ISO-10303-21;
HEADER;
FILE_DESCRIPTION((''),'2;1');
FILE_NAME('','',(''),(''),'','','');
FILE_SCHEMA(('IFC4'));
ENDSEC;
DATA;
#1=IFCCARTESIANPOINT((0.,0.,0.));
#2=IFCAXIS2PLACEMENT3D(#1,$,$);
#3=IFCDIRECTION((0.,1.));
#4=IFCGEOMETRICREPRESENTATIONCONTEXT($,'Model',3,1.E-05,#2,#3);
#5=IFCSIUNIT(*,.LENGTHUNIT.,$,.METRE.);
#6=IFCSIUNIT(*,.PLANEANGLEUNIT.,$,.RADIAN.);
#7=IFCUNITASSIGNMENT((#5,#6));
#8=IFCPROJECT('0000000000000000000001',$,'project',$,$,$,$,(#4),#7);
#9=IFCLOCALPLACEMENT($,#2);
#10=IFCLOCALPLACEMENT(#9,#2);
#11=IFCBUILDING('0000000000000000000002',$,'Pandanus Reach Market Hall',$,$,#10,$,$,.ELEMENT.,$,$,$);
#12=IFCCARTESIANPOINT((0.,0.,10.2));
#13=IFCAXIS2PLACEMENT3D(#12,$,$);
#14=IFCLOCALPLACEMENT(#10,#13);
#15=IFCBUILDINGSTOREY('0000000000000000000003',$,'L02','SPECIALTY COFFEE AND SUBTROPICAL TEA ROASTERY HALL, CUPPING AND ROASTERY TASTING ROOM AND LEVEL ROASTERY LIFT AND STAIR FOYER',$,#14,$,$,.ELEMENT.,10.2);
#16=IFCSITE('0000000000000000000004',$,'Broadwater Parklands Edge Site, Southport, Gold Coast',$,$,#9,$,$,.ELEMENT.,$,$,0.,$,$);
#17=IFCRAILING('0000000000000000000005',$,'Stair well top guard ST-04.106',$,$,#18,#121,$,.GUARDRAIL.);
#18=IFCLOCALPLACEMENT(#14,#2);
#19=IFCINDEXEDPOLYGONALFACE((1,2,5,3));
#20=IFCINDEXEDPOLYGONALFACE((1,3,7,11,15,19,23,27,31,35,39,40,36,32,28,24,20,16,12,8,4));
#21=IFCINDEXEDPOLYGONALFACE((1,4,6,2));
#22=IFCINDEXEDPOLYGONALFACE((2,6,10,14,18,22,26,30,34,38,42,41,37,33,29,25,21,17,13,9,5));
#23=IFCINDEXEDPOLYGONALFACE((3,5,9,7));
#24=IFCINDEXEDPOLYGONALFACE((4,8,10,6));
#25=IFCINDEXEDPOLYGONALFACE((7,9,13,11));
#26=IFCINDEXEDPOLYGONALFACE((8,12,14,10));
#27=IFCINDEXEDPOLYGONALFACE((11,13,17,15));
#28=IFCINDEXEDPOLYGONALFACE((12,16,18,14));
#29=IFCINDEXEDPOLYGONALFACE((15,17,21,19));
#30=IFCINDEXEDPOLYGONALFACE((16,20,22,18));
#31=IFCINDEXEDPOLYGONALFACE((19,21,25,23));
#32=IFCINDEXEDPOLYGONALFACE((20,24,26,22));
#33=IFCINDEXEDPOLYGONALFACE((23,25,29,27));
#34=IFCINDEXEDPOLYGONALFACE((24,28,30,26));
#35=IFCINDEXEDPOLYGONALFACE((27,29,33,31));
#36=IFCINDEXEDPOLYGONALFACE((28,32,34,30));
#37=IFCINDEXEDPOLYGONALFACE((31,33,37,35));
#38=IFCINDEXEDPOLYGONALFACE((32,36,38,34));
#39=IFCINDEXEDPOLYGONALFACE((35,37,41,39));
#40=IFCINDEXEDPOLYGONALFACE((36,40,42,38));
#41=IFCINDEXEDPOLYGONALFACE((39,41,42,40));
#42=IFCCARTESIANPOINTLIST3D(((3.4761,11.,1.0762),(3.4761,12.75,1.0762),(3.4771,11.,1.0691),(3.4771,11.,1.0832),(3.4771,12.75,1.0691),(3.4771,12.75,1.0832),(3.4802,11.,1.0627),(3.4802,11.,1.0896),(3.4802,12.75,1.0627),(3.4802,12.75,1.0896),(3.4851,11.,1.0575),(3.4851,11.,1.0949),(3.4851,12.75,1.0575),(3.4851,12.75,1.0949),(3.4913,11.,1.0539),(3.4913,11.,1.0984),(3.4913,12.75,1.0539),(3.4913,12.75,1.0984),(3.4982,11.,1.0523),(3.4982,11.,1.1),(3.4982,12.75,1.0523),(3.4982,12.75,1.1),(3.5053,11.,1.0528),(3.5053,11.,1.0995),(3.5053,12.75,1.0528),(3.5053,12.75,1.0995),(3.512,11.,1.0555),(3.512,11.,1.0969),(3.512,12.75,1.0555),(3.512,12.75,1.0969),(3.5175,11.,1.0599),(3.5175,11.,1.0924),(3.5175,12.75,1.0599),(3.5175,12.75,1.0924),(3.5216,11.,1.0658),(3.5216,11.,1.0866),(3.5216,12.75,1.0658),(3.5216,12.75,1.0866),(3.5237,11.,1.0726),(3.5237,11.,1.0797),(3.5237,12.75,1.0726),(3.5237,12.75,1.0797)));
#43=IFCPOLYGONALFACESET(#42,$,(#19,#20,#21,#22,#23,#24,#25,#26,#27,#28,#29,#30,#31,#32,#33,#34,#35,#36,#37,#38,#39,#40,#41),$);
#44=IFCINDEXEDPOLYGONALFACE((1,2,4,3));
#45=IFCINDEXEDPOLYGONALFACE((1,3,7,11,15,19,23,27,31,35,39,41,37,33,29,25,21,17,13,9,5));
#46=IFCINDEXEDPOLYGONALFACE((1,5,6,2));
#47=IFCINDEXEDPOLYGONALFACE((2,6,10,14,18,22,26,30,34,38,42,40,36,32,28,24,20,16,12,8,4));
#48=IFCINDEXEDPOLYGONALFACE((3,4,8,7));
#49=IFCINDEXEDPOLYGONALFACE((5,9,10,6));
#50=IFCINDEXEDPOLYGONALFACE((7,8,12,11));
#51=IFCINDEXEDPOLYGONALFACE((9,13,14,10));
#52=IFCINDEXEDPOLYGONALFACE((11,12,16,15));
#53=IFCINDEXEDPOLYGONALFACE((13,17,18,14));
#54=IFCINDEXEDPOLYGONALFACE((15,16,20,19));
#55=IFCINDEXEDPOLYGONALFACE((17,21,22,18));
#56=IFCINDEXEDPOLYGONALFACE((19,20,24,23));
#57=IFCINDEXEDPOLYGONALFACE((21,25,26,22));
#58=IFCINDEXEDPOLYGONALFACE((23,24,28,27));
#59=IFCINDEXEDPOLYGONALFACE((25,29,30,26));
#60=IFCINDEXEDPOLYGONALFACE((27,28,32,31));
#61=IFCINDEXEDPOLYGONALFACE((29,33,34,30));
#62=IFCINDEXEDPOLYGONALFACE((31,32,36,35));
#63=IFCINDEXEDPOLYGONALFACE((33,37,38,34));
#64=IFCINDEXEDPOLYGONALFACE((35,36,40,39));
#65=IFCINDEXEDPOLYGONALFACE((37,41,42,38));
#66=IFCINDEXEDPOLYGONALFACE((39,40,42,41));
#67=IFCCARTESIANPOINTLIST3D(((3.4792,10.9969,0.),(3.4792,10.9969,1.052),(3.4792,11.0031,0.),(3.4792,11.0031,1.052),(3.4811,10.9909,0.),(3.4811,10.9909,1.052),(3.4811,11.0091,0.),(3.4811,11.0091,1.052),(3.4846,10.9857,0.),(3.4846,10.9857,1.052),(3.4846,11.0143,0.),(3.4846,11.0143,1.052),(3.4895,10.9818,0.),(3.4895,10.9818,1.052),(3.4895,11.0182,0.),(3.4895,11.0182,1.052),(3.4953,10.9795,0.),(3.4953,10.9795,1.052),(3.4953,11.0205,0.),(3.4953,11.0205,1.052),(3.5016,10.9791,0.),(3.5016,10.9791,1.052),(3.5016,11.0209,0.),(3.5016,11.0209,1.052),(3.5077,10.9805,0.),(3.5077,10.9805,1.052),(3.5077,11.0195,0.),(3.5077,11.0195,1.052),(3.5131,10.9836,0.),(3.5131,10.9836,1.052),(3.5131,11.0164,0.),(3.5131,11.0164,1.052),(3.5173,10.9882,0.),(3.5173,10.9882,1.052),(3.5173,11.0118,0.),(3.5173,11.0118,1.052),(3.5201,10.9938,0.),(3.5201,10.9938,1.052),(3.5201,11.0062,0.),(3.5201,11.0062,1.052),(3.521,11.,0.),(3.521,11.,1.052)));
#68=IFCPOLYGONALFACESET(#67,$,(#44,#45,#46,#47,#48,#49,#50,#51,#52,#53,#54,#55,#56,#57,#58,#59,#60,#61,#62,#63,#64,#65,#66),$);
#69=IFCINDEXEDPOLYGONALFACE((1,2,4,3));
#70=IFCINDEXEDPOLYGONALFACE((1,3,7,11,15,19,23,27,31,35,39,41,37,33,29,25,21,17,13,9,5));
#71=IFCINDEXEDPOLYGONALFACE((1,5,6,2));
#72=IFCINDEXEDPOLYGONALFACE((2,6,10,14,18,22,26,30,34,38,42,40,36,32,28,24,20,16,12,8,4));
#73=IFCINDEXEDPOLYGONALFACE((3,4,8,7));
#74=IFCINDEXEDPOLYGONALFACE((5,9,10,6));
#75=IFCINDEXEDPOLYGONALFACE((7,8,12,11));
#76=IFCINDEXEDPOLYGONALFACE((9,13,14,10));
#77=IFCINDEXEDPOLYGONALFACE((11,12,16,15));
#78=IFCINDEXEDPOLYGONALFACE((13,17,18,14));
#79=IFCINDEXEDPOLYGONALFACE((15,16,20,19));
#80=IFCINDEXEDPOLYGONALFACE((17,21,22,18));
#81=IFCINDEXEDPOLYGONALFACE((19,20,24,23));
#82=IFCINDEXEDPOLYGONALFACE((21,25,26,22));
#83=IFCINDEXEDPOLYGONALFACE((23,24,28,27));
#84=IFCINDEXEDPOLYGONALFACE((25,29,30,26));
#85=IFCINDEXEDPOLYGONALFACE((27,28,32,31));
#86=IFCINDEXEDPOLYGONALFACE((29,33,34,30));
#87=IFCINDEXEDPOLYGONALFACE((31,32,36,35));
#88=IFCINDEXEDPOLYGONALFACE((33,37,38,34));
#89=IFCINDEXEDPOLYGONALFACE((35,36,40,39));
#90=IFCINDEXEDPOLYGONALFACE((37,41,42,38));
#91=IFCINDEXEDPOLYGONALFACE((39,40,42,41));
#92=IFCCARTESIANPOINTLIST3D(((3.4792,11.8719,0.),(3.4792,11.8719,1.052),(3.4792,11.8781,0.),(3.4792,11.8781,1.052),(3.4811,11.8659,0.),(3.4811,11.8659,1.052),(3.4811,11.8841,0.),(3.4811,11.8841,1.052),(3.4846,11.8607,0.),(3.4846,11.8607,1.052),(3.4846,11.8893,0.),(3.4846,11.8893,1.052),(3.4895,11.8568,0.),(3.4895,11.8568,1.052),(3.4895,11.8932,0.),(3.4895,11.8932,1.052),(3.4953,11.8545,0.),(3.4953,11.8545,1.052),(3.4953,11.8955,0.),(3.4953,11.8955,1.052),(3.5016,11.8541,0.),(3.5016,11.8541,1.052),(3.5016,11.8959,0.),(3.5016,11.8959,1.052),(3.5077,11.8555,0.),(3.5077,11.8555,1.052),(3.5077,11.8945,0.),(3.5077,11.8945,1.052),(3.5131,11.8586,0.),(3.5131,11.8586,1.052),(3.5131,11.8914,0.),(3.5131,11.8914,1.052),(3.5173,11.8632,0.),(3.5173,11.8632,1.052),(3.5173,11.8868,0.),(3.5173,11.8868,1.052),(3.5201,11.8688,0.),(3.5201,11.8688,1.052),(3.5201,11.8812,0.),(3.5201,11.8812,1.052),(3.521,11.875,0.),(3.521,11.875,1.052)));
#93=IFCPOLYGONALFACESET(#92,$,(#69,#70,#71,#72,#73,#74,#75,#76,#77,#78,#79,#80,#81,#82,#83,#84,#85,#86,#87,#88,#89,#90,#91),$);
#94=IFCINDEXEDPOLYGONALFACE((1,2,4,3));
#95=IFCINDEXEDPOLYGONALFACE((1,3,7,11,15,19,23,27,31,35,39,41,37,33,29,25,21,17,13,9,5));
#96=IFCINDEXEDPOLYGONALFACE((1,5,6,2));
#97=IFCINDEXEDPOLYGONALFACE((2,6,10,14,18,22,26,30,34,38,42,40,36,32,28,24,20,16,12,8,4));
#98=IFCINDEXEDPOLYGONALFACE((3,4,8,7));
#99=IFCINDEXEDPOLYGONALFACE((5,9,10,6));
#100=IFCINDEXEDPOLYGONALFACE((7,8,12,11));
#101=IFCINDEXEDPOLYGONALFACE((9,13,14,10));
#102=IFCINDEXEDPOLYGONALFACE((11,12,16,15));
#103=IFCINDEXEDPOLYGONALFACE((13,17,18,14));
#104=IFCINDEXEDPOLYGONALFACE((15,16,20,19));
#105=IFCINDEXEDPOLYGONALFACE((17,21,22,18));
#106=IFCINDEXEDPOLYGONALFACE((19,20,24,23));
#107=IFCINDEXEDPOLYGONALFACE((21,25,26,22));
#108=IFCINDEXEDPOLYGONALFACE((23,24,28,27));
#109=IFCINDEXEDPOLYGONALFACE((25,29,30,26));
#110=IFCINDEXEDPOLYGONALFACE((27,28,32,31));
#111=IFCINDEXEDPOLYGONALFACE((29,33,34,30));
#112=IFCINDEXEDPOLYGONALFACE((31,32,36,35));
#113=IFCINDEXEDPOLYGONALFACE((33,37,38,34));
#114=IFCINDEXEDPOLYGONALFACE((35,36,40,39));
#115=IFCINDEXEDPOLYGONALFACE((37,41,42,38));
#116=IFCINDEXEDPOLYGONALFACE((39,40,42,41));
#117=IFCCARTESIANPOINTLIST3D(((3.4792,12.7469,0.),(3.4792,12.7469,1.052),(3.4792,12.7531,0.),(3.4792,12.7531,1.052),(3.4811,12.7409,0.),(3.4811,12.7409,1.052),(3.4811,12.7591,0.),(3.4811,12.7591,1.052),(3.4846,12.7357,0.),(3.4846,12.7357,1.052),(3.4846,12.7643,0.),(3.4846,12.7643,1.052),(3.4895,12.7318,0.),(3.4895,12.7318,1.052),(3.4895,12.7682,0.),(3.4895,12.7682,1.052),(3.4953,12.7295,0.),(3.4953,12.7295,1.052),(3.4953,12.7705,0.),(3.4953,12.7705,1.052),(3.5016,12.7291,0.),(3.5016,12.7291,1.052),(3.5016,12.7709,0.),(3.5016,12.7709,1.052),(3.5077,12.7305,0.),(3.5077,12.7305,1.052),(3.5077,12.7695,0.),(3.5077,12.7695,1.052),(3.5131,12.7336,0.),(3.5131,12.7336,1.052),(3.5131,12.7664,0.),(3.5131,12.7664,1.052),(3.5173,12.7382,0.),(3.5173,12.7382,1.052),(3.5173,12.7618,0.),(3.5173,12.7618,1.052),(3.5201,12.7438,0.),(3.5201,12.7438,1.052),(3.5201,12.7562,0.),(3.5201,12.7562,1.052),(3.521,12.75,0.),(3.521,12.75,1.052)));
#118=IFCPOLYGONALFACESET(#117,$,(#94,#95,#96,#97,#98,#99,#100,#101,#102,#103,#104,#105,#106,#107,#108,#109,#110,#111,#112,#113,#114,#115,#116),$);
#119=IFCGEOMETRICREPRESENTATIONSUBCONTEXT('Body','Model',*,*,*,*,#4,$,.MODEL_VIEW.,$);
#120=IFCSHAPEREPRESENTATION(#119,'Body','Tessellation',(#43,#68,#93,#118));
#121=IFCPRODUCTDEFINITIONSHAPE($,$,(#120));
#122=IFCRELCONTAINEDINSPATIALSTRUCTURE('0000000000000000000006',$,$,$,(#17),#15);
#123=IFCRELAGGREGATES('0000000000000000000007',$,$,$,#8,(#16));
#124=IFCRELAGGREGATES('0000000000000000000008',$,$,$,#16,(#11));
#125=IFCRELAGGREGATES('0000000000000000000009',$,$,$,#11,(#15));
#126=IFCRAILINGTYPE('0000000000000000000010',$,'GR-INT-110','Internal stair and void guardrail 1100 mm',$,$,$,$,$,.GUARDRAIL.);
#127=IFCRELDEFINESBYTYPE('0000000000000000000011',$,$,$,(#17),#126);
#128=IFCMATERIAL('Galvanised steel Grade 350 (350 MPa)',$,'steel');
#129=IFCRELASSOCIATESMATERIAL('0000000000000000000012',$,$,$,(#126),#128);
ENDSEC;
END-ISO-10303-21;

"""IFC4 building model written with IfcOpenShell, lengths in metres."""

from ifc_helpers import new_model, si_unit, direction, frame, origin, origin_2d, place, context, subcontext, project, spatial, circle, extrude, material, type_object, element, save


model = new_model("IFC4")

# Units and contexts
model_context = context("Model", 3, precision=1e-05, world=origin(), true_north=direction((0.0, 1.0)))
body_context = subcontext(model_context, "Body", "Model", "MODEL_VIEW")
ifc_project = project(units=[si_unit("LENGTHUNIT", "METRE"), si_unit("PLANEANGLEUNIT", "RADIAN")], contexts=[model_context])

# Site, building, storey
site_placement = place(None, origin())
site = spatial("IfcSite", under=ifc_project, at=site_placement, Name="Broadwater Parklands Edge Site, Southport, Gold Coast", CompositionType="ELEMENT", RefElevation=0.0)
building_placement = place(site_placement, origin())
building = spatial("IfcBuilding", under=site, at=building_placement, Name="Pandanus Reach Market Hall", CompositionType="ELEMENT")
storey_placement = place(building_placement, frame((0.0, 0.0, 10.2)))
storey = spatial("IfcBuildingStorey", under=building, at=storey_placement, Name="L02", Description="SPECIALTY COFFEE AND SUBTROPICAL TEA ROASTERY HALL, CUPPING AND ROASTERY TASTING ROOM AND LEVEL ROASTERY LIFT AND STAIR FOYER", CompositionType="ELEMENT", Elevation=10.2)

# Railing
ifc_material_1 = material(Name="Galvanised steel Grade 350 (350 MPa)", Category="steel")
railing_type = type_object("IfcRailingType", Name="GR-INT-110", Description="Internal stair and void guardrail 1100 mm", PredefinedType="GUARDRAIL", material=ifc_material_1)
railing_placement = place(storey_placement, frame((3.5, 11.0, 0.0)))
element("IfcRailing", 1, at=railing_placement, inside=storey, type_object=railing_type, Name="Stair well top guard ST-04.106", PredefinedType="GUARDRAIL", context=body_context, shape_type="SweptSolid", body=[
    extrude(circle(Radius=0.0239, at=origin_2d()), frame((0.0, 0.0, 1.0762), z_axis=(0.0, 1.0, 0.0), x_axis=(-1.0, 0.0, 0.0)), (0.0, 0.0, 1.0), 1.75),
    extrude(circle(Radius=0.021, at=origin_2d()), origin(), (0.0, 0.0, 1.0), 1.052),
    extrude(circle(Radius=0.021, at=origin_2d()), frame((0.0, 0.875, 0.0)), (0.0, 0.0, 1.0), 1.052),
    extrude(circle(Radius=0.021, at=origin_2d()), frame((0.0, 1.75, 0.0)), (0.0, 0.0, 1.0), 1.052),
])

save(model, "model.ifc")
